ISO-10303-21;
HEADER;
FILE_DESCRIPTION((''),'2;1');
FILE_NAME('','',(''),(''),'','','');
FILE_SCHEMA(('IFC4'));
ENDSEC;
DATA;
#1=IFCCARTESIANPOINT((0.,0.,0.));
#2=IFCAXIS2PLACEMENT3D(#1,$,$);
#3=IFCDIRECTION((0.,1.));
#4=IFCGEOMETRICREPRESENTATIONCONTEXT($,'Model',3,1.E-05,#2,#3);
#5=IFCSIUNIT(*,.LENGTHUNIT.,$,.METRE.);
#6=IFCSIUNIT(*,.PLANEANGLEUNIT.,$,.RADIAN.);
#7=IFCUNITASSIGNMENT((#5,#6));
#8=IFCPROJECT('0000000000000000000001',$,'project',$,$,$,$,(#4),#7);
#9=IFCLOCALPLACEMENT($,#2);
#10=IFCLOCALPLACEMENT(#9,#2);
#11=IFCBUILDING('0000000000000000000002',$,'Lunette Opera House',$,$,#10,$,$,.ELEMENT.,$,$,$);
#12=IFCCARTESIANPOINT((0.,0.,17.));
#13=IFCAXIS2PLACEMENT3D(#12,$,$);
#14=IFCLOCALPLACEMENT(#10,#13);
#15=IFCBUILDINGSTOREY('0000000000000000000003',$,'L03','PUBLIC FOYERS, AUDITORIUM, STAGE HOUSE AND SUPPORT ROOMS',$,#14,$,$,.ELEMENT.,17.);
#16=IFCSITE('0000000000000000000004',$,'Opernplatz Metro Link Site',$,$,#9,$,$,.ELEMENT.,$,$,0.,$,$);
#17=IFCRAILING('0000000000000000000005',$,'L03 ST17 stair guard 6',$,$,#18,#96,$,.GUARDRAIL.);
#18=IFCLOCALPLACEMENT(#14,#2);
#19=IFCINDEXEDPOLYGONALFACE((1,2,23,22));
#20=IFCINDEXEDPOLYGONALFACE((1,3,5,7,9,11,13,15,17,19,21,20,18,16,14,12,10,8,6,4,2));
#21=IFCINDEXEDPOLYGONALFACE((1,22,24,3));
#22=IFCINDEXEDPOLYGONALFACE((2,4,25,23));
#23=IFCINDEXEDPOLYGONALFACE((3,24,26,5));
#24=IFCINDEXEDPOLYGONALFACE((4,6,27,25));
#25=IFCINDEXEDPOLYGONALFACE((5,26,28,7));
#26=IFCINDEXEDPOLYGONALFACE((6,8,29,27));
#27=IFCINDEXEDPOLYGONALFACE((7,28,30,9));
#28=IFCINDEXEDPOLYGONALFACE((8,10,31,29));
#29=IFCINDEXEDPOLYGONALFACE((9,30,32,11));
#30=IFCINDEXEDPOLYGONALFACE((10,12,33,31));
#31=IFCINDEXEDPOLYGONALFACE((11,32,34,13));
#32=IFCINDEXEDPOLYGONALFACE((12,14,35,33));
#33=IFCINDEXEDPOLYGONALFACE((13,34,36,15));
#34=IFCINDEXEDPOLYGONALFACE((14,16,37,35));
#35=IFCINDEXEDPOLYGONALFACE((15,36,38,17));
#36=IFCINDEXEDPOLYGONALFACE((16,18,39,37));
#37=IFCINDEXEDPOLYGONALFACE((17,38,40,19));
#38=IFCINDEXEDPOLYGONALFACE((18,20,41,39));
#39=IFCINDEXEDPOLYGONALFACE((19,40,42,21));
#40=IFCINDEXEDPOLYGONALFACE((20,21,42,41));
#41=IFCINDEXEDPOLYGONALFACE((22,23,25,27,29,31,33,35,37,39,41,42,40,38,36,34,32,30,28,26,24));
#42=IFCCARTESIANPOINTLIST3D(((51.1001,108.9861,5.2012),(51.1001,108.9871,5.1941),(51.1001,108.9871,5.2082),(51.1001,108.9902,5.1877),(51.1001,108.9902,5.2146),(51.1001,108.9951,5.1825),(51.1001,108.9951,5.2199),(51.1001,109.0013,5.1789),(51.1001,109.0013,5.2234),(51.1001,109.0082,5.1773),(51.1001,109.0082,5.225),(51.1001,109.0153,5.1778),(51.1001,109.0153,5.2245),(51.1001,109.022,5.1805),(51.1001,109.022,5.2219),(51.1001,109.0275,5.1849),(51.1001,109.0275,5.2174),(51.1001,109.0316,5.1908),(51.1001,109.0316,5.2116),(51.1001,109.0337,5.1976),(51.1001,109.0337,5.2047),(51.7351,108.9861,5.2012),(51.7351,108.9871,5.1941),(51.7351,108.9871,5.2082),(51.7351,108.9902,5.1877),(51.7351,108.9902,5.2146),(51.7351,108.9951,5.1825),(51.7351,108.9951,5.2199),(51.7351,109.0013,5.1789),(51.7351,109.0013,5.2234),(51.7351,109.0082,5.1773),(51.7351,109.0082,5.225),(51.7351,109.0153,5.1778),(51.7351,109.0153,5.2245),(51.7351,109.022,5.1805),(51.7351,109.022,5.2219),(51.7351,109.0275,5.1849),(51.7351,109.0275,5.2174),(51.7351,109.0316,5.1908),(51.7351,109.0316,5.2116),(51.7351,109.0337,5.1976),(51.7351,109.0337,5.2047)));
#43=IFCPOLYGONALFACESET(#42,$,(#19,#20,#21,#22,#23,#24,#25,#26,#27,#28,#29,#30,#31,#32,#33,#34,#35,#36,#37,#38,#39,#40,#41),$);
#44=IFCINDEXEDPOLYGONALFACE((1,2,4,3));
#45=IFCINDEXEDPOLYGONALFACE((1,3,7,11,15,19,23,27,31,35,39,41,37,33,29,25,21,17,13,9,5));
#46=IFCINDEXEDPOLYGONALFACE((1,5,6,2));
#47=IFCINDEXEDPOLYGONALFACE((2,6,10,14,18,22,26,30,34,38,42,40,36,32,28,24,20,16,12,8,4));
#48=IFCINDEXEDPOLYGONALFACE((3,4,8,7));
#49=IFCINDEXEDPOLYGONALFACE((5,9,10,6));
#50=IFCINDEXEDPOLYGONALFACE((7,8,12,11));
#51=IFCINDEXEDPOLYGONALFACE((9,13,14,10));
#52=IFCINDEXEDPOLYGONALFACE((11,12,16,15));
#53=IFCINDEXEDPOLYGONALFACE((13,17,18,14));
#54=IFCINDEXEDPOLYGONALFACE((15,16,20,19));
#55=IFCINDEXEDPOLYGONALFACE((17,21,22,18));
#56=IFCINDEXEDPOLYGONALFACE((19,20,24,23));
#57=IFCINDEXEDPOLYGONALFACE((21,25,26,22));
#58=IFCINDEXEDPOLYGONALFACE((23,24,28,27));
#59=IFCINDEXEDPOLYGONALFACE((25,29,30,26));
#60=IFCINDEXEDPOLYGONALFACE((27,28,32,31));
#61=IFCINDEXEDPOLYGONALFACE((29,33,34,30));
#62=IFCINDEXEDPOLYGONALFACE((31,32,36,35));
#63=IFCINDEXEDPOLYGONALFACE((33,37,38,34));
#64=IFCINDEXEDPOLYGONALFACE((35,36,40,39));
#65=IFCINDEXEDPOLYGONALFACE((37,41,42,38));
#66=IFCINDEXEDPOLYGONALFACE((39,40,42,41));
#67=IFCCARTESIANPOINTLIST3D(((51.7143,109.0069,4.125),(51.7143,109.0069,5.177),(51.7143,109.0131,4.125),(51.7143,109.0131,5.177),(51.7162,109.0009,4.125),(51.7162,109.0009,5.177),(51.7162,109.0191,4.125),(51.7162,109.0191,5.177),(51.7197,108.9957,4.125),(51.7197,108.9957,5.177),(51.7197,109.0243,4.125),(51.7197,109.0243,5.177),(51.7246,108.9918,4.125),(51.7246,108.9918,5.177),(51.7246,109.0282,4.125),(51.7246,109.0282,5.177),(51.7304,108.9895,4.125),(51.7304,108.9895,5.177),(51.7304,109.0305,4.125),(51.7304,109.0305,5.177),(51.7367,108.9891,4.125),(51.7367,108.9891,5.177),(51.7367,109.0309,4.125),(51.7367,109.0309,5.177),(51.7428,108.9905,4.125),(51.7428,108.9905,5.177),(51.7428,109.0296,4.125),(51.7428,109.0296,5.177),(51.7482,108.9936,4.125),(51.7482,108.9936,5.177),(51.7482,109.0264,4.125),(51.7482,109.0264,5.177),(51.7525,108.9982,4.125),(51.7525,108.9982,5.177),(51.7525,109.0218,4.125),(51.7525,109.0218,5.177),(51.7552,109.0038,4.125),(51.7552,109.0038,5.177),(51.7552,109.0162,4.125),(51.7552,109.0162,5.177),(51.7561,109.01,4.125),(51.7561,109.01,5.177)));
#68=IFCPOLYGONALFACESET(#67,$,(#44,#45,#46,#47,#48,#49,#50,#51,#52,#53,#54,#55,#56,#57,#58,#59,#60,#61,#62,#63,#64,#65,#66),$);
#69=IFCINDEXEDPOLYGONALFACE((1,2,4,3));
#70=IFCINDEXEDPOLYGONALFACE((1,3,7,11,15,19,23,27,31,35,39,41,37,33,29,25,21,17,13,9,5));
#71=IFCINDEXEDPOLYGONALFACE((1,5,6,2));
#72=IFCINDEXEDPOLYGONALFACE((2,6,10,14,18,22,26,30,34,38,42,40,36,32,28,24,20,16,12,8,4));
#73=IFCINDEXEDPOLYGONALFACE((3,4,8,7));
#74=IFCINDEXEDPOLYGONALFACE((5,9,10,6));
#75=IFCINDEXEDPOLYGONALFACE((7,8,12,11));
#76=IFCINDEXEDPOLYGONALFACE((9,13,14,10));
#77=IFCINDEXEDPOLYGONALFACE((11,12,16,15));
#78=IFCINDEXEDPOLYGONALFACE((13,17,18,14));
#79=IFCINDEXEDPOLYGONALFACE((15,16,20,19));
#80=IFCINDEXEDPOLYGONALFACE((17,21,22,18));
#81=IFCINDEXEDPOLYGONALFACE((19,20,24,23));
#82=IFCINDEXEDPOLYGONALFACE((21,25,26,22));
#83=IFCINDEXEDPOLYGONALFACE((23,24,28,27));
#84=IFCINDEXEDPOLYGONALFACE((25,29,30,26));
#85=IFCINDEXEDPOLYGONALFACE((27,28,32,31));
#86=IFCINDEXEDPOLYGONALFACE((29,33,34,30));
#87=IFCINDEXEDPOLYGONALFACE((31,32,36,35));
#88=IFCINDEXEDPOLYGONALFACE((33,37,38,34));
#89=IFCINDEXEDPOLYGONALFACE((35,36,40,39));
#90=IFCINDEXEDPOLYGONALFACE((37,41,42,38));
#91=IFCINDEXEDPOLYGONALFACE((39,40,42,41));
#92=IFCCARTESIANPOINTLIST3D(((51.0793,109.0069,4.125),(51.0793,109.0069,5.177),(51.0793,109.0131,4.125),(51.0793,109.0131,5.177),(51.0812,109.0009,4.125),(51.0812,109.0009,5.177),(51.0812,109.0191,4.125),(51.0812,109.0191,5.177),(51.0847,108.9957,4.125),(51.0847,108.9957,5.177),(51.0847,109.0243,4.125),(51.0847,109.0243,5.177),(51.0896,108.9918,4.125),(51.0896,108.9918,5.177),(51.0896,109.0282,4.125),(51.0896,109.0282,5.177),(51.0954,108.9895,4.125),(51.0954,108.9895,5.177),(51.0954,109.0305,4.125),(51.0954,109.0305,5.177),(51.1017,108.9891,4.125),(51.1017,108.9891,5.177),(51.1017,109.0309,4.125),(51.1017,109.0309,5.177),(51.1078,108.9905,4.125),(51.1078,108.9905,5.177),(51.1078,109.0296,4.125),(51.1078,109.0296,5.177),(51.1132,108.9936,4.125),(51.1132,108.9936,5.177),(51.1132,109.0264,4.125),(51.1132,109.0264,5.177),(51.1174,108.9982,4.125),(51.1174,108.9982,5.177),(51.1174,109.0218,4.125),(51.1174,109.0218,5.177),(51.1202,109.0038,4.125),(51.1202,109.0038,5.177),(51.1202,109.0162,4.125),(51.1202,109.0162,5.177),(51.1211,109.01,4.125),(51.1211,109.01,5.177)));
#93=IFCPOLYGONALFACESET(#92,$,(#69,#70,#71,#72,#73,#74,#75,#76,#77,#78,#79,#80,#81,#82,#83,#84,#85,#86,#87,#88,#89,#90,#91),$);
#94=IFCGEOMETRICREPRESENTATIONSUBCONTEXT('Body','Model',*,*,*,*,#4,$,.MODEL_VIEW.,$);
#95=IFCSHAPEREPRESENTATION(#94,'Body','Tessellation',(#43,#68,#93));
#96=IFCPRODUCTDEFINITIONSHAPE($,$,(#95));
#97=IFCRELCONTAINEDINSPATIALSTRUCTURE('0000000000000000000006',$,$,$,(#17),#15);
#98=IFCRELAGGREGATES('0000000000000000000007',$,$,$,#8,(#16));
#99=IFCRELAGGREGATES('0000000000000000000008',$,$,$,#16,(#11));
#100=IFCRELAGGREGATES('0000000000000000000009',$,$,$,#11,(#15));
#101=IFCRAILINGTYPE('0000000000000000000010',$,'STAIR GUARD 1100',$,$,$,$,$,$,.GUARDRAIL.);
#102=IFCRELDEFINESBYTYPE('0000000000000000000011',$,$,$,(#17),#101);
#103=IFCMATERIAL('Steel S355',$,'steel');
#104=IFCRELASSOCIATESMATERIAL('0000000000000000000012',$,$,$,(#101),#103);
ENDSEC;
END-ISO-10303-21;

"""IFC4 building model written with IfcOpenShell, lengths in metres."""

from ifc_helpers import new_model, si_unit, direction, frame, origin, origin_2d, place, context, subcontext, project, spatial, circle, extrude, material, type_object, element, save


model = new_model("IFC4")

# Units and contexts
model_context = context("Model", 3, precision=1e-05, world=origin(), true_north=direction((0.0, 1.0)))
body_context = subcontext(model_context, "Body", "Model", "MODEL_VIEW")
ifc_project = project(units=[si_unit("LENGTHUNIT", "METRE"), si_unit("PLANEANGLEUNIT", "RADIAN")], contexts=[model_context])

# Site, building, storey
site_placement = place(None, origin())
site = spatial("IfcSite", under=ifc_project, at=site_placement, Name="Opernplatz Metro Link Site", CompositionType="ELEMENT", RefElevation=0.0)
building_placement = place(site_placement, origin())
building = spatial("IfcBuilding", under=site, at=building_placement, Name="Lunette Opera House", CompositionType="ELEMENT")
storey_placement = place(building_placement, frame((0.0, 0.0, 17.0)))
storey = spatial("IfcBuildingStorey", under=building, at=storey_placement, Name="L03", Description="PUBLIC FOYERS, AUDITORIUM, STAGE HOUSE AND SUPPORT ROOMS", CompositionType="ELEMENT", Elevation=17.0)

# Railing
ifc_material_1 = material(Name="Steel S355", Category="steel")
railing_type_1 = type_object("IfcRailingType", Name="STAIR GUARD 1100", PredefinedType="GUARDRAIL", material=ifc_material_1)
railing_1_placement = place(storey_placement, frame((51.7351, 109.01, 4.125)))
element("IfcRailing", 1, at=railing_1_placement, inside=storey, type_object=railing_type_1, Name="L03 ST17 stair guard 6", PredefinedType="GUARDRAIL", context=body_context, shape_type="SweptSolid", body=[
    extrude(circle(Radius=0.0239, at=origin_2d()), frame((0.0, 0.0, 1.0762), z_axis=(-1.0, 0.0, 0.0), x_axis=(0.0, -1.0, 0.0)), (0.0, 0.0, 1.0), 0.635),
    extrude(circle(Radius=0.021, at=origin_2d()), origin(), (0.0, 0.0, 1.0), 1.052),
    extrude(circle(Radius=0.021, at=origin_2d()), frame((-0.635, 0.0, 0.0)), (0.0, 0.0, 1.0), 1.052),
])

save(model, "model.ifc")
